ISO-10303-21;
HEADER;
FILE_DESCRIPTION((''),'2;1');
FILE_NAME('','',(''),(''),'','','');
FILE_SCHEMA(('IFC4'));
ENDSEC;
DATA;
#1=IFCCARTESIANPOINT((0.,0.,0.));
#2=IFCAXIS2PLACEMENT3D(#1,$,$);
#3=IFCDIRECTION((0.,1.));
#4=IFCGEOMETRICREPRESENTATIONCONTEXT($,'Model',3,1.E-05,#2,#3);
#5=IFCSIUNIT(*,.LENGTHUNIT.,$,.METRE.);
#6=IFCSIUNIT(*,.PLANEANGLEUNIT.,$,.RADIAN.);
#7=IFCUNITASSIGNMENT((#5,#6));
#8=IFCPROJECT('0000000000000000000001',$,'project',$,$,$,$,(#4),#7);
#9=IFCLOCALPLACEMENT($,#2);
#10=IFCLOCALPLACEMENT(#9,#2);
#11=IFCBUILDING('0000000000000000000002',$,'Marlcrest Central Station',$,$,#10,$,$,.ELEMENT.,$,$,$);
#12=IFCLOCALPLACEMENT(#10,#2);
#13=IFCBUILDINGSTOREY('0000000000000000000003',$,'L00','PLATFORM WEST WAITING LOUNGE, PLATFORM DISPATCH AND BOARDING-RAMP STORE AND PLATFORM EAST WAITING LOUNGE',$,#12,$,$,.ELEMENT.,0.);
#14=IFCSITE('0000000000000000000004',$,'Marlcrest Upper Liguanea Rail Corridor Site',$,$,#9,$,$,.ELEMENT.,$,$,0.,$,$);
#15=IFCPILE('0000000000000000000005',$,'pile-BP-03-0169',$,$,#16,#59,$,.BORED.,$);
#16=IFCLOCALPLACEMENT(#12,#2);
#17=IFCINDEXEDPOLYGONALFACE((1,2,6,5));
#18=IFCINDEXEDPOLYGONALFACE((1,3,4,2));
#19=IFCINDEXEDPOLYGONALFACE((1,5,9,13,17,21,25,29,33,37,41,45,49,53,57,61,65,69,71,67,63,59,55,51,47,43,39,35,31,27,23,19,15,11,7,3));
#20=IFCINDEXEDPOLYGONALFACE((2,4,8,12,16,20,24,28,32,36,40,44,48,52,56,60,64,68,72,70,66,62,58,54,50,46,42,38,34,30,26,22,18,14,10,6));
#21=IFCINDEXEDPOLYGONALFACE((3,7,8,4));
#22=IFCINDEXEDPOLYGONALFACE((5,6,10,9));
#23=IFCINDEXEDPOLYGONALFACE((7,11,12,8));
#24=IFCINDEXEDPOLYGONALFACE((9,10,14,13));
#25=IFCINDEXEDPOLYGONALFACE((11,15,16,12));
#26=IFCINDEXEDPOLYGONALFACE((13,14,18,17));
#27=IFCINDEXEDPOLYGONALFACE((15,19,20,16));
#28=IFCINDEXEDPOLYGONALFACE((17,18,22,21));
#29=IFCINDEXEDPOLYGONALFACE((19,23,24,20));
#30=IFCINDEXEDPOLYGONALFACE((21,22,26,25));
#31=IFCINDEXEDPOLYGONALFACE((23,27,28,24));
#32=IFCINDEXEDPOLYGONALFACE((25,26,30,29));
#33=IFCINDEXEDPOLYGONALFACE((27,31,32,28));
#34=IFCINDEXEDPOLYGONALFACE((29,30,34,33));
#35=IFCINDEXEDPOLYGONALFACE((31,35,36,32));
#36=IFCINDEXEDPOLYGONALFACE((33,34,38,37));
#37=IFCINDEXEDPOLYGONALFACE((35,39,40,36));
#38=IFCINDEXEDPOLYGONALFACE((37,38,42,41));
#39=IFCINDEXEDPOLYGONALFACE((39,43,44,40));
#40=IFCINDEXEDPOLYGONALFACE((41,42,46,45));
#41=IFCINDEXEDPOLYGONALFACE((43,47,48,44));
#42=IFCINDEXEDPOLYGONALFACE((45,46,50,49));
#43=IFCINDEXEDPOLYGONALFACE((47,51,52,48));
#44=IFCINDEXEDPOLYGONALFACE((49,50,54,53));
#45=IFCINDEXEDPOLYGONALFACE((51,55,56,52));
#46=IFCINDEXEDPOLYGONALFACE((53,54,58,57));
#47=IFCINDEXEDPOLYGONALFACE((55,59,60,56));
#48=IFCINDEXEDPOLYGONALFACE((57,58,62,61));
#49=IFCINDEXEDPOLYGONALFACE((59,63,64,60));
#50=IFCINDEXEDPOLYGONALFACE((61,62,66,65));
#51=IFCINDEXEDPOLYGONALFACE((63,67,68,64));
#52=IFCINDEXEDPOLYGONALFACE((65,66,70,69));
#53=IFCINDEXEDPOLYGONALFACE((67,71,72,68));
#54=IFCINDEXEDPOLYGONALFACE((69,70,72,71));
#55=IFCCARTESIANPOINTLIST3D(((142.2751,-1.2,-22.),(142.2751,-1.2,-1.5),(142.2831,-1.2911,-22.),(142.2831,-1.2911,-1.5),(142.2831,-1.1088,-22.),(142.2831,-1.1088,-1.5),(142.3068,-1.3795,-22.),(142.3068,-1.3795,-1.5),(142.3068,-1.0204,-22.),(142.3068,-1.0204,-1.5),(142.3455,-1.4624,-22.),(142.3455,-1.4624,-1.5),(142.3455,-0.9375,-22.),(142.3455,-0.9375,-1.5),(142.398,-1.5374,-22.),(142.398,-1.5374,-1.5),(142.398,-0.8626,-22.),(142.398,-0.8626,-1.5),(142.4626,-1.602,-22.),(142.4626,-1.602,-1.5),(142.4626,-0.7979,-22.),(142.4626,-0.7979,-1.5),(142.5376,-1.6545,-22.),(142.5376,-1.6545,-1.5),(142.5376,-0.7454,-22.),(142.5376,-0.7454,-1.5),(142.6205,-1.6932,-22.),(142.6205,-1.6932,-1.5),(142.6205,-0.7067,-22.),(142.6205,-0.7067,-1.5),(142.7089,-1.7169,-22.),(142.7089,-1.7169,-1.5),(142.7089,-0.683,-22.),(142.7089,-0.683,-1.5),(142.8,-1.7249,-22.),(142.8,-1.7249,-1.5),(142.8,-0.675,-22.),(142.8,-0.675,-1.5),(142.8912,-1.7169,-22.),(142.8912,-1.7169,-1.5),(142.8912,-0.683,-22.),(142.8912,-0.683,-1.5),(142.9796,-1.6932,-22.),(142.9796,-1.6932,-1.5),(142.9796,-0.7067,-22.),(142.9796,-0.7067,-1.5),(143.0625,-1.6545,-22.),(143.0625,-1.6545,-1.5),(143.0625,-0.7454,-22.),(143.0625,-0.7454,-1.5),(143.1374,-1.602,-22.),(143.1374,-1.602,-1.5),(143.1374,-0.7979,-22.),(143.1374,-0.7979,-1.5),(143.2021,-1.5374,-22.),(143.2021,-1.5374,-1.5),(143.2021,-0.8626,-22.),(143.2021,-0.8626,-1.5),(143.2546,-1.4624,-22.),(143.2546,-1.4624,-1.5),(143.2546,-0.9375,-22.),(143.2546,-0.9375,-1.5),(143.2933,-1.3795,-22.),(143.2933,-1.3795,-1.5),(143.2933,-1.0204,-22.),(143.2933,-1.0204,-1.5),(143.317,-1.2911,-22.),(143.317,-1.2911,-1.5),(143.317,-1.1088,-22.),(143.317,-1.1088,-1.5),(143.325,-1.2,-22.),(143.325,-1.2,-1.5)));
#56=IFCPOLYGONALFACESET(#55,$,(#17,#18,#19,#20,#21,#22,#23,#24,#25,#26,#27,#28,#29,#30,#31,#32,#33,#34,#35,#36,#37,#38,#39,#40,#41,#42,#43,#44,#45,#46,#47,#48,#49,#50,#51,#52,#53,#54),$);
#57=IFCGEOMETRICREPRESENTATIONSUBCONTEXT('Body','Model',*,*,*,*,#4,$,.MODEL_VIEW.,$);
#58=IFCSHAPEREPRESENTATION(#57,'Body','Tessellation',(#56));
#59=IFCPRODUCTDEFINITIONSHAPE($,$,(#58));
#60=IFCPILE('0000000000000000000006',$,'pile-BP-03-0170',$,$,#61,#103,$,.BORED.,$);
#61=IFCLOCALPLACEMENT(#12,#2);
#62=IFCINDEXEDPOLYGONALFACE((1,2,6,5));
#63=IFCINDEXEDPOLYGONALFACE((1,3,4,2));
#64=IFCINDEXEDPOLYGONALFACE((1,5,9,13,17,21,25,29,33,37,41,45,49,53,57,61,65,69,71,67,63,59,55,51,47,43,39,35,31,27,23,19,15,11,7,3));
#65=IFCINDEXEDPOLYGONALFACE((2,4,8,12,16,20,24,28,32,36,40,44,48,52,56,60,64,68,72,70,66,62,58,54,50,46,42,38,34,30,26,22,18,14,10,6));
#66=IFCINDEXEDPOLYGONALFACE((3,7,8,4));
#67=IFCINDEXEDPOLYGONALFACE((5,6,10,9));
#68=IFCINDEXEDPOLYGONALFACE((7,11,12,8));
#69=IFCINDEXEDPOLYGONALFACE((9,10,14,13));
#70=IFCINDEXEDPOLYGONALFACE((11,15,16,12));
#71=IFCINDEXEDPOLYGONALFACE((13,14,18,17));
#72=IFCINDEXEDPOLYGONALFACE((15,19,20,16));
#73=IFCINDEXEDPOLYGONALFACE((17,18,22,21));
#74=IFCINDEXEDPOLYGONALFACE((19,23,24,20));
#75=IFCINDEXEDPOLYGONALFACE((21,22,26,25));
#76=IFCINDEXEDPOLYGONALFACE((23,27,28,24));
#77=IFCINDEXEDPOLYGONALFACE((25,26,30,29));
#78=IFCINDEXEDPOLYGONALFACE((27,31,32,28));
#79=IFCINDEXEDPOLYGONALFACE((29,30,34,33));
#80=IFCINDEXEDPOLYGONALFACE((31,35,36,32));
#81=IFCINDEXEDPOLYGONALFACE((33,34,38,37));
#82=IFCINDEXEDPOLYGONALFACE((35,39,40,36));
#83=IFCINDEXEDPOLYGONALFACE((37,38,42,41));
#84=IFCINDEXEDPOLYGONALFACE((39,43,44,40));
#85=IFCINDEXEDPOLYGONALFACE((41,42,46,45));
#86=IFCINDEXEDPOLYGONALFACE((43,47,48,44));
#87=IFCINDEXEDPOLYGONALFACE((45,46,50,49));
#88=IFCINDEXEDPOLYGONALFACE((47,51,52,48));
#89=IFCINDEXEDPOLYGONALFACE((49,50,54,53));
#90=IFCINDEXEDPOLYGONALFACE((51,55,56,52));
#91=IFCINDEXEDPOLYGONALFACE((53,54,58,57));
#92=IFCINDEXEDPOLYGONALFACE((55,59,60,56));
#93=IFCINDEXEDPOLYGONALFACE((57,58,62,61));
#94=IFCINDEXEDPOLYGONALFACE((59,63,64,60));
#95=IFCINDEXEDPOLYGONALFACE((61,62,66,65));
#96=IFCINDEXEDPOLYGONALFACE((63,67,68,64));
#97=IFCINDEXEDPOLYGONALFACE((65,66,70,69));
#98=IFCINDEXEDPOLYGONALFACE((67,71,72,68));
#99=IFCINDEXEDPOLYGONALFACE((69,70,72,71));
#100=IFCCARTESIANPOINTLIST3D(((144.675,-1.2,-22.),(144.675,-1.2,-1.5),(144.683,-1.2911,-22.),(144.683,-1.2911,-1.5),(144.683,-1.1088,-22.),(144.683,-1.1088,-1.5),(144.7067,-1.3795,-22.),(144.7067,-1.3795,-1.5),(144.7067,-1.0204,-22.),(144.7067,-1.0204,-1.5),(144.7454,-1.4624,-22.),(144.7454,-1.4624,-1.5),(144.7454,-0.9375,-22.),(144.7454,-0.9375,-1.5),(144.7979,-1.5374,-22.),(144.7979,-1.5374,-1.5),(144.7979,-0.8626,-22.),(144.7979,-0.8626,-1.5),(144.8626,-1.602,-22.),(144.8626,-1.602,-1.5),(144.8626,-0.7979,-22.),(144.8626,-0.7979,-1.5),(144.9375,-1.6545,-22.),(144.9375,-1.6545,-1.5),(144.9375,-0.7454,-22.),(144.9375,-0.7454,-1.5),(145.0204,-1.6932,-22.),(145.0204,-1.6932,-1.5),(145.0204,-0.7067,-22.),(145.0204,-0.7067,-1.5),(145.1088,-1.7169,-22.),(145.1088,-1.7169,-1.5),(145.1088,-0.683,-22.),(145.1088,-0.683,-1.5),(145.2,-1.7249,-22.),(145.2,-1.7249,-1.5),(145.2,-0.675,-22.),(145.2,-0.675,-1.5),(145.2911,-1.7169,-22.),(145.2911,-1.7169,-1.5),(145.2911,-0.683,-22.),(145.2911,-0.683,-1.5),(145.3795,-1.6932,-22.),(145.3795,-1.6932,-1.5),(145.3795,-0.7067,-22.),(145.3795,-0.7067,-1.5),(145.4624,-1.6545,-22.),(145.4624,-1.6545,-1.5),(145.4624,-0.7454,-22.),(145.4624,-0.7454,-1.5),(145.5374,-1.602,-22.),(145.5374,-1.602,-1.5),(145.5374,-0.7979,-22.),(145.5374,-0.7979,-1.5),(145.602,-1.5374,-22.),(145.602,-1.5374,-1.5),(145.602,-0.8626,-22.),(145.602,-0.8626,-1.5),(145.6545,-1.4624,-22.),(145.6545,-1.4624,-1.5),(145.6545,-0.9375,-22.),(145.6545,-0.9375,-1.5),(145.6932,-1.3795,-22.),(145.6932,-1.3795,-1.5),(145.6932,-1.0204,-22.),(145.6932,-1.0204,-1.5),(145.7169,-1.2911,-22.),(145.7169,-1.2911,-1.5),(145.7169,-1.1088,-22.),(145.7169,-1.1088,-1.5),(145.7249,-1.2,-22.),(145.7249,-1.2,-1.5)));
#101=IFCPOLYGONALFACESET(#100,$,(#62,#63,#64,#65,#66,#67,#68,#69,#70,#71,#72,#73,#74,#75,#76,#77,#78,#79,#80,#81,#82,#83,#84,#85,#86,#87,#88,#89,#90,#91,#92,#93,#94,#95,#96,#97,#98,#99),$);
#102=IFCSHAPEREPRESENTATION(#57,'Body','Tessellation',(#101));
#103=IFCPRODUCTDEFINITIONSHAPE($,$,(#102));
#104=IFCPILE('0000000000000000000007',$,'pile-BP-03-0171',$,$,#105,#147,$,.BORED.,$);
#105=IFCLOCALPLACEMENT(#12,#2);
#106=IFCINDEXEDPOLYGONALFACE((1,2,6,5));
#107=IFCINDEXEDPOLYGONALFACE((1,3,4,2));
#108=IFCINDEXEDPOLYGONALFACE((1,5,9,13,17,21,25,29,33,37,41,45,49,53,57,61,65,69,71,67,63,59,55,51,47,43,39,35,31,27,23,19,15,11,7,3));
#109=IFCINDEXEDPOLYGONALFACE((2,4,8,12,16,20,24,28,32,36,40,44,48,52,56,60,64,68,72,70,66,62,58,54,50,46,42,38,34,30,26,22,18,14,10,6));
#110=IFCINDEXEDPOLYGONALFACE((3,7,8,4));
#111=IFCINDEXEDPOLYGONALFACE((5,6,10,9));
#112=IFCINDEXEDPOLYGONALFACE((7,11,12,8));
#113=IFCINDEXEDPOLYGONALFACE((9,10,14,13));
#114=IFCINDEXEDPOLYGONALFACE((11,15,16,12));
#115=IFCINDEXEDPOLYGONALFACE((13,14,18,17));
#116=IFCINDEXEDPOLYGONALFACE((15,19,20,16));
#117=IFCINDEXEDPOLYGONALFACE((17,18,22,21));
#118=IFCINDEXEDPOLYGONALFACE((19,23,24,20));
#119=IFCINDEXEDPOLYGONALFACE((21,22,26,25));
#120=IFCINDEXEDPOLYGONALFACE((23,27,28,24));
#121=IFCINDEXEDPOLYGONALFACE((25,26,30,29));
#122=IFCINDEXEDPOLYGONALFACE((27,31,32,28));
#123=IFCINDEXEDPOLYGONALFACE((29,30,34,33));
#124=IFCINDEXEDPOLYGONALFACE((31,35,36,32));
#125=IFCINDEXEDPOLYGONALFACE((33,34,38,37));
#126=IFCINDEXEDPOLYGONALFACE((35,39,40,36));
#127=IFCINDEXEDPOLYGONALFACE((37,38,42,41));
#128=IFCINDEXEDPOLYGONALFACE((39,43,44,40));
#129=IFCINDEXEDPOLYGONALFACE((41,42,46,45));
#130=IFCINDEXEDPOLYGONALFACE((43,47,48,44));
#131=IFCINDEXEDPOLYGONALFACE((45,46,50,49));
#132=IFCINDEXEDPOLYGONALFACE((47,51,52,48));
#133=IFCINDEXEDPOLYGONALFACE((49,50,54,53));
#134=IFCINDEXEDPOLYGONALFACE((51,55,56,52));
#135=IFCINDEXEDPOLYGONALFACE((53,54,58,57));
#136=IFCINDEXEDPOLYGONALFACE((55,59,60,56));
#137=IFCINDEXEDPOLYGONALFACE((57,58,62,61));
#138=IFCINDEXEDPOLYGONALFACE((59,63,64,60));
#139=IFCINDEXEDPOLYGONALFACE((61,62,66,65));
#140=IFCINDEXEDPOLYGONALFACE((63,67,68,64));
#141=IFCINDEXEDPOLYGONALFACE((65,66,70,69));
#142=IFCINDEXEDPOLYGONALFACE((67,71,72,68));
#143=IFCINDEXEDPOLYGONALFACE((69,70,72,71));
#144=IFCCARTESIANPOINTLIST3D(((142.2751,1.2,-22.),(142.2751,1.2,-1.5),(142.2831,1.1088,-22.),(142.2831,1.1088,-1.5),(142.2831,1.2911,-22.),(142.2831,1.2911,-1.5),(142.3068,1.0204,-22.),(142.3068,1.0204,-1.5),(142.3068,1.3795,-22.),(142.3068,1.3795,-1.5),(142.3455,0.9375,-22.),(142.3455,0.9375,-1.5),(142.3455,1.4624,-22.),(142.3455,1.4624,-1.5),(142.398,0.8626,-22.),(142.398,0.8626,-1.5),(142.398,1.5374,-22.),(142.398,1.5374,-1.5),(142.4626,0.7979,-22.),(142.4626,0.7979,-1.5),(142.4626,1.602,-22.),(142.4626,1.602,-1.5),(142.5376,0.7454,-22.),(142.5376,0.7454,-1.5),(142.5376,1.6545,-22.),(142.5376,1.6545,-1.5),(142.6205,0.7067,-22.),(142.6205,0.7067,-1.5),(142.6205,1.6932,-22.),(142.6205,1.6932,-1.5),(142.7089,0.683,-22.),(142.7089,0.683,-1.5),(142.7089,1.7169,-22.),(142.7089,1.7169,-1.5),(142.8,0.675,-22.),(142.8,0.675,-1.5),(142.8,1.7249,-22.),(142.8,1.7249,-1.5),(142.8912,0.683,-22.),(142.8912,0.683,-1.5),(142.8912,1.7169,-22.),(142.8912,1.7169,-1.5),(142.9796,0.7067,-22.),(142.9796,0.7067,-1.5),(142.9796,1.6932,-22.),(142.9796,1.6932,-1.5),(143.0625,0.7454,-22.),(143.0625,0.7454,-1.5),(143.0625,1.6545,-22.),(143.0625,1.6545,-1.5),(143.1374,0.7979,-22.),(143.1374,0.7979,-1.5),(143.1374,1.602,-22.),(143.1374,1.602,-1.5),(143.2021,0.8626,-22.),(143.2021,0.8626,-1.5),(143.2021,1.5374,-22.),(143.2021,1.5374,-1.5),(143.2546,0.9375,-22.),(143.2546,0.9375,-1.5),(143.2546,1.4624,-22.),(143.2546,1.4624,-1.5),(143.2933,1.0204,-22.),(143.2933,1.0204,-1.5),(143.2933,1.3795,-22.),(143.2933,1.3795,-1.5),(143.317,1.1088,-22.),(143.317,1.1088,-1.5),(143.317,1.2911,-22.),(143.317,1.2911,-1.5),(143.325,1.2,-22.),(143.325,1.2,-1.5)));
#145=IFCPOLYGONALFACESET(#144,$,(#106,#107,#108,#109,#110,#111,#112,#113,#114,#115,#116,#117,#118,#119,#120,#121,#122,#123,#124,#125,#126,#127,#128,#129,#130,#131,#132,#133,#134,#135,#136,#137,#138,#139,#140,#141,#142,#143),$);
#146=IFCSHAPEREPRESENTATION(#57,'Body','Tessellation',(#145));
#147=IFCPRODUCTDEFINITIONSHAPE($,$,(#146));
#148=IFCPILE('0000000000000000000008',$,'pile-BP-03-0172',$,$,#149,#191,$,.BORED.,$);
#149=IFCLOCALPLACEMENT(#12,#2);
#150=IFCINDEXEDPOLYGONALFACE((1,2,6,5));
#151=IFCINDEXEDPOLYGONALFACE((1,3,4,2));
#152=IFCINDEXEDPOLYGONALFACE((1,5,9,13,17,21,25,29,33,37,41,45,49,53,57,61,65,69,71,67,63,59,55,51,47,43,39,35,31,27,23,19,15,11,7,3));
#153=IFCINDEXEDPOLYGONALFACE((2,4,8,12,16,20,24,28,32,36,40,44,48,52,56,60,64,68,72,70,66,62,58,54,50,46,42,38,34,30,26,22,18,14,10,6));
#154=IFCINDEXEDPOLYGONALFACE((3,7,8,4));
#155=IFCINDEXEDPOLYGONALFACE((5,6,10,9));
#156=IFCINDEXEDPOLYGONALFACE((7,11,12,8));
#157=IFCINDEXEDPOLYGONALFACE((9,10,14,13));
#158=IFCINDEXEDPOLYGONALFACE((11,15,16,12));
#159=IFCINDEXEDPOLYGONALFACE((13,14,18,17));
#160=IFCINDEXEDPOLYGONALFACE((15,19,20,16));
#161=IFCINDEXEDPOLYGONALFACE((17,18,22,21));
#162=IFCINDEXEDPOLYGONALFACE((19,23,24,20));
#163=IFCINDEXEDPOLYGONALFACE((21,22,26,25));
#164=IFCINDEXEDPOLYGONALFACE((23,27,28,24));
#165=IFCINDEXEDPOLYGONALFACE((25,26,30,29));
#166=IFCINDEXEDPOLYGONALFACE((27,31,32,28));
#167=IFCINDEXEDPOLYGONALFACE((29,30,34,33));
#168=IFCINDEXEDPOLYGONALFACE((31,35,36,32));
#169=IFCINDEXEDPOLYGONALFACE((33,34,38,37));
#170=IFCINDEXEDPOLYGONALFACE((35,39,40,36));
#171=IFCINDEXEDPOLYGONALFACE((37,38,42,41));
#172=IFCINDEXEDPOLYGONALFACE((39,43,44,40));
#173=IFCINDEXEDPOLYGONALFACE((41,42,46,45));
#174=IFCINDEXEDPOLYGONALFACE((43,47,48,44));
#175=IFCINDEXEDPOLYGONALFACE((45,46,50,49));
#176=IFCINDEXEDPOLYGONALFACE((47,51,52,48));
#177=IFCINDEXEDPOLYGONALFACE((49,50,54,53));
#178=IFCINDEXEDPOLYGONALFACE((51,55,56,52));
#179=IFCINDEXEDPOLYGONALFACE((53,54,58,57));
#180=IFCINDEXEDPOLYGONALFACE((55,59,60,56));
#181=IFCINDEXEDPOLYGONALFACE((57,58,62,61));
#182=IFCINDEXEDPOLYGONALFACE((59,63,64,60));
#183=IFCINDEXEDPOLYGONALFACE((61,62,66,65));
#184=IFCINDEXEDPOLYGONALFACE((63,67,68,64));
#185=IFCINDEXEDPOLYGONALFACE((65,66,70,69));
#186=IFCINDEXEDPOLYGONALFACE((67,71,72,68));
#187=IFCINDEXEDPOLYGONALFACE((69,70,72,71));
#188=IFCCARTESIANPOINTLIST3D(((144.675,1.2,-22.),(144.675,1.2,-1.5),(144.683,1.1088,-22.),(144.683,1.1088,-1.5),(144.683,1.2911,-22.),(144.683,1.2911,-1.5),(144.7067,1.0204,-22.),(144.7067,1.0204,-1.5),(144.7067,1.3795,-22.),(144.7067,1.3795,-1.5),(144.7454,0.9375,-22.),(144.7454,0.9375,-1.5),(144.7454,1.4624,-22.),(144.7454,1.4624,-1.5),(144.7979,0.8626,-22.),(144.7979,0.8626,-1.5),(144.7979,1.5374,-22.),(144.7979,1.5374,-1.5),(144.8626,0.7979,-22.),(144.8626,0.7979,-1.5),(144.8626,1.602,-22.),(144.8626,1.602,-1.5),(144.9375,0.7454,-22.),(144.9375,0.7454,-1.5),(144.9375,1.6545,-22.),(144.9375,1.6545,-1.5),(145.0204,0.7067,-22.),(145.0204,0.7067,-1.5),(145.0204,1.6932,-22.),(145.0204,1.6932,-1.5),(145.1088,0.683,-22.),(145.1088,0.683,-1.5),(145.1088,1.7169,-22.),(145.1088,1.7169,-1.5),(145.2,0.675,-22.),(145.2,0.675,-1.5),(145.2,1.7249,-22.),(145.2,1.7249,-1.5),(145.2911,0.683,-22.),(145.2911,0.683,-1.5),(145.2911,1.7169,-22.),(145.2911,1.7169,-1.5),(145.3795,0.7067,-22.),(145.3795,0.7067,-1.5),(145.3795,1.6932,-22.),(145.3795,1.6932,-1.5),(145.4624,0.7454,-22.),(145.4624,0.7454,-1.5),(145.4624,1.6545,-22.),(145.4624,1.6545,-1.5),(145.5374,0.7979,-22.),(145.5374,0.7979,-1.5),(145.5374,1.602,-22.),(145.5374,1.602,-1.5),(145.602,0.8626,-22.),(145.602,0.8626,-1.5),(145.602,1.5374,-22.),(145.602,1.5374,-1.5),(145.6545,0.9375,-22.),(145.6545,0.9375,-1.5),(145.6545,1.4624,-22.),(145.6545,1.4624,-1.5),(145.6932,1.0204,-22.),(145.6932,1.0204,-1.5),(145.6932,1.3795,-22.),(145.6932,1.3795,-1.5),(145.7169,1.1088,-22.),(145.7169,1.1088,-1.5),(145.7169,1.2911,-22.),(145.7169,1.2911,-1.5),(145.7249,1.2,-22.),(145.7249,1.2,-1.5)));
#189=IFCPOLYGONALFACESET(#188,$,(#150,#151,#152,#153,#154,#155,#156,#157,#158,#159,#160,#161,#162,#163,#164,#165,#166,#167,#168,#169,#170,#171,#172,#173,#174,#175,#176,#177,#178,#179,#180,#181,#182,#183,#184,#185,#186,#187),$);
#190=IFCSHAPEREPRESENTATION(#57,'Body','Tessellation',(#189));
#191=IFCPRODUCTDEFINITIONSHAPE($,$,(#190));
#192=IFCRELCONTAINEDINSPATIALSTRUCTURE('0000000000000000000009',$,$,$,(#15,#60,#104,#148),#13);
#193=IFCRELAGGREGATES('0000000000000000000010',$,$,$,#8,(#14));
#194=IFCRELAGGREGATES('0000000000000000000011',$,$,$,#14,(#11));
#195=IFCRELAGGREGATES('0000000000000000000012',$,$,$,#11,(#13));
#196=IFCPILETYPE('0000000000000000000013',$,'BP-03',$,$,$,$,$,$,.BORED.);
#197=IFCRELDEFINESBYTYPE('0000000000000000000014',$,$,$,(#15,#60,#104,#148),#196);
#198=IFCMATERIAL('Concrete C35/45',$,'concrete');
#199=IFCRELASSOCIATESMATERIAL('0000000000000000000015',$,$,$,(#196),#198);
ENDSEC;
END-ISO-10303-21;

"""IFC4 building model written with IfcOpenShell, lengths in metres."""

from ifc_helpers import new_model, si_unit, direction, frame, origin, origin_2d, place, context, subcontext, project, spatial, circle, extrude, material, material_profile, profile_set, type_object, element, save


model = new_model("IFC4")

# Units and contexts
model_context = context("Model", 3, precision=1e-05, world=origin(), true_north=direction((0.0, 1.0)))
body_context = subcontext(model_context, "Body", "Model", "MODEL_VIEW")
ifc_project = project(units=[si_unit("LENGTHUNIT", "METRE"), si_unit("PLANEANGLEUNIT", "RADIAN")], contexts=[model_context])

# Site, building, storey
site_placement = place(None, origin())
site = spatial("IfcSite", under=ifc_project, at=site_placement, Name="Marlcrest Upper Liguanea Rail Corridor Site", CompositionType="ELEMENT", RefElevation=0.0)
building_placement = place(site_placement, origin())
building = spatial("IfcBuilding", under=site, at=building_placement, Name="Marlcrest Central Station", CompositionType="ELEMENT")
storey_placement = place(building_placement, origin())
storey = spatial("IfcBuildingStorey", under=building, at=storey_placement, Name="L00", Description="PLATFORM WEST WAITING LOUNGE, PLATFORM DISPATCH AND BOARDING-RAMP STORE AND PLATFORM EAST WAITING LOUNGE", CompositionType="ELEMENT", Elevation=0.0)

# Piles
ifc_material_1 = material(Name="Concrete C35/45", Category="concrete")
ifc_material_profile_1 = material_profile(ifc_material_1, circle(Radius=0.5249, at=origin_2d()), Name="PILE D1050")
ifc_profile_set_1 = profile_set([ifc_material_profile_1], Name="Concrete C35/45")
pile_type = type_object("IfcPileType", Name="BP-03", PredefinedType="BORED", material=ifc_profile_set_1)
for number, where, z_axis, x_axis, name in (
    (1, (142.8, -1.2, -1.5), (0.0, 0.0, -1.0), (1.0, 0.0, 0.0), "pile-BP-03-0169"),
    (2, (145.2, -1.2, -1.5), (0.0, 0.0, -1.0), (1.0, 0.0, 0.0), "pile-BP-03-0170"),
    (3, (142.8, 1.2, -1.5), (0.0, 0.0, -1.0), (1.0, 0.0, 0.0), "pile-BP-03-0171"),
    (4, (145.2, 1.2, -1.5), (0.0, 0.0, -1.0), (1.0, 0.0, 0.0), "pile-BP-03-0172"),
):
    element("IfcPile", number, at=place(storey_placement, frame(where, z_axis=z_axis, x_axis=x_axis)), inside=storey, type_object=pile_type, Name=name, PredefinedType="BORED", context=body_context, shape_type="SweptSolid", body=[
        extrude(circle(Radius=0.5249, at=origin_2d()), origin(), (0.0, 0.0, 1.0), 20.5),
    ])

save(model, "model.ifc")
